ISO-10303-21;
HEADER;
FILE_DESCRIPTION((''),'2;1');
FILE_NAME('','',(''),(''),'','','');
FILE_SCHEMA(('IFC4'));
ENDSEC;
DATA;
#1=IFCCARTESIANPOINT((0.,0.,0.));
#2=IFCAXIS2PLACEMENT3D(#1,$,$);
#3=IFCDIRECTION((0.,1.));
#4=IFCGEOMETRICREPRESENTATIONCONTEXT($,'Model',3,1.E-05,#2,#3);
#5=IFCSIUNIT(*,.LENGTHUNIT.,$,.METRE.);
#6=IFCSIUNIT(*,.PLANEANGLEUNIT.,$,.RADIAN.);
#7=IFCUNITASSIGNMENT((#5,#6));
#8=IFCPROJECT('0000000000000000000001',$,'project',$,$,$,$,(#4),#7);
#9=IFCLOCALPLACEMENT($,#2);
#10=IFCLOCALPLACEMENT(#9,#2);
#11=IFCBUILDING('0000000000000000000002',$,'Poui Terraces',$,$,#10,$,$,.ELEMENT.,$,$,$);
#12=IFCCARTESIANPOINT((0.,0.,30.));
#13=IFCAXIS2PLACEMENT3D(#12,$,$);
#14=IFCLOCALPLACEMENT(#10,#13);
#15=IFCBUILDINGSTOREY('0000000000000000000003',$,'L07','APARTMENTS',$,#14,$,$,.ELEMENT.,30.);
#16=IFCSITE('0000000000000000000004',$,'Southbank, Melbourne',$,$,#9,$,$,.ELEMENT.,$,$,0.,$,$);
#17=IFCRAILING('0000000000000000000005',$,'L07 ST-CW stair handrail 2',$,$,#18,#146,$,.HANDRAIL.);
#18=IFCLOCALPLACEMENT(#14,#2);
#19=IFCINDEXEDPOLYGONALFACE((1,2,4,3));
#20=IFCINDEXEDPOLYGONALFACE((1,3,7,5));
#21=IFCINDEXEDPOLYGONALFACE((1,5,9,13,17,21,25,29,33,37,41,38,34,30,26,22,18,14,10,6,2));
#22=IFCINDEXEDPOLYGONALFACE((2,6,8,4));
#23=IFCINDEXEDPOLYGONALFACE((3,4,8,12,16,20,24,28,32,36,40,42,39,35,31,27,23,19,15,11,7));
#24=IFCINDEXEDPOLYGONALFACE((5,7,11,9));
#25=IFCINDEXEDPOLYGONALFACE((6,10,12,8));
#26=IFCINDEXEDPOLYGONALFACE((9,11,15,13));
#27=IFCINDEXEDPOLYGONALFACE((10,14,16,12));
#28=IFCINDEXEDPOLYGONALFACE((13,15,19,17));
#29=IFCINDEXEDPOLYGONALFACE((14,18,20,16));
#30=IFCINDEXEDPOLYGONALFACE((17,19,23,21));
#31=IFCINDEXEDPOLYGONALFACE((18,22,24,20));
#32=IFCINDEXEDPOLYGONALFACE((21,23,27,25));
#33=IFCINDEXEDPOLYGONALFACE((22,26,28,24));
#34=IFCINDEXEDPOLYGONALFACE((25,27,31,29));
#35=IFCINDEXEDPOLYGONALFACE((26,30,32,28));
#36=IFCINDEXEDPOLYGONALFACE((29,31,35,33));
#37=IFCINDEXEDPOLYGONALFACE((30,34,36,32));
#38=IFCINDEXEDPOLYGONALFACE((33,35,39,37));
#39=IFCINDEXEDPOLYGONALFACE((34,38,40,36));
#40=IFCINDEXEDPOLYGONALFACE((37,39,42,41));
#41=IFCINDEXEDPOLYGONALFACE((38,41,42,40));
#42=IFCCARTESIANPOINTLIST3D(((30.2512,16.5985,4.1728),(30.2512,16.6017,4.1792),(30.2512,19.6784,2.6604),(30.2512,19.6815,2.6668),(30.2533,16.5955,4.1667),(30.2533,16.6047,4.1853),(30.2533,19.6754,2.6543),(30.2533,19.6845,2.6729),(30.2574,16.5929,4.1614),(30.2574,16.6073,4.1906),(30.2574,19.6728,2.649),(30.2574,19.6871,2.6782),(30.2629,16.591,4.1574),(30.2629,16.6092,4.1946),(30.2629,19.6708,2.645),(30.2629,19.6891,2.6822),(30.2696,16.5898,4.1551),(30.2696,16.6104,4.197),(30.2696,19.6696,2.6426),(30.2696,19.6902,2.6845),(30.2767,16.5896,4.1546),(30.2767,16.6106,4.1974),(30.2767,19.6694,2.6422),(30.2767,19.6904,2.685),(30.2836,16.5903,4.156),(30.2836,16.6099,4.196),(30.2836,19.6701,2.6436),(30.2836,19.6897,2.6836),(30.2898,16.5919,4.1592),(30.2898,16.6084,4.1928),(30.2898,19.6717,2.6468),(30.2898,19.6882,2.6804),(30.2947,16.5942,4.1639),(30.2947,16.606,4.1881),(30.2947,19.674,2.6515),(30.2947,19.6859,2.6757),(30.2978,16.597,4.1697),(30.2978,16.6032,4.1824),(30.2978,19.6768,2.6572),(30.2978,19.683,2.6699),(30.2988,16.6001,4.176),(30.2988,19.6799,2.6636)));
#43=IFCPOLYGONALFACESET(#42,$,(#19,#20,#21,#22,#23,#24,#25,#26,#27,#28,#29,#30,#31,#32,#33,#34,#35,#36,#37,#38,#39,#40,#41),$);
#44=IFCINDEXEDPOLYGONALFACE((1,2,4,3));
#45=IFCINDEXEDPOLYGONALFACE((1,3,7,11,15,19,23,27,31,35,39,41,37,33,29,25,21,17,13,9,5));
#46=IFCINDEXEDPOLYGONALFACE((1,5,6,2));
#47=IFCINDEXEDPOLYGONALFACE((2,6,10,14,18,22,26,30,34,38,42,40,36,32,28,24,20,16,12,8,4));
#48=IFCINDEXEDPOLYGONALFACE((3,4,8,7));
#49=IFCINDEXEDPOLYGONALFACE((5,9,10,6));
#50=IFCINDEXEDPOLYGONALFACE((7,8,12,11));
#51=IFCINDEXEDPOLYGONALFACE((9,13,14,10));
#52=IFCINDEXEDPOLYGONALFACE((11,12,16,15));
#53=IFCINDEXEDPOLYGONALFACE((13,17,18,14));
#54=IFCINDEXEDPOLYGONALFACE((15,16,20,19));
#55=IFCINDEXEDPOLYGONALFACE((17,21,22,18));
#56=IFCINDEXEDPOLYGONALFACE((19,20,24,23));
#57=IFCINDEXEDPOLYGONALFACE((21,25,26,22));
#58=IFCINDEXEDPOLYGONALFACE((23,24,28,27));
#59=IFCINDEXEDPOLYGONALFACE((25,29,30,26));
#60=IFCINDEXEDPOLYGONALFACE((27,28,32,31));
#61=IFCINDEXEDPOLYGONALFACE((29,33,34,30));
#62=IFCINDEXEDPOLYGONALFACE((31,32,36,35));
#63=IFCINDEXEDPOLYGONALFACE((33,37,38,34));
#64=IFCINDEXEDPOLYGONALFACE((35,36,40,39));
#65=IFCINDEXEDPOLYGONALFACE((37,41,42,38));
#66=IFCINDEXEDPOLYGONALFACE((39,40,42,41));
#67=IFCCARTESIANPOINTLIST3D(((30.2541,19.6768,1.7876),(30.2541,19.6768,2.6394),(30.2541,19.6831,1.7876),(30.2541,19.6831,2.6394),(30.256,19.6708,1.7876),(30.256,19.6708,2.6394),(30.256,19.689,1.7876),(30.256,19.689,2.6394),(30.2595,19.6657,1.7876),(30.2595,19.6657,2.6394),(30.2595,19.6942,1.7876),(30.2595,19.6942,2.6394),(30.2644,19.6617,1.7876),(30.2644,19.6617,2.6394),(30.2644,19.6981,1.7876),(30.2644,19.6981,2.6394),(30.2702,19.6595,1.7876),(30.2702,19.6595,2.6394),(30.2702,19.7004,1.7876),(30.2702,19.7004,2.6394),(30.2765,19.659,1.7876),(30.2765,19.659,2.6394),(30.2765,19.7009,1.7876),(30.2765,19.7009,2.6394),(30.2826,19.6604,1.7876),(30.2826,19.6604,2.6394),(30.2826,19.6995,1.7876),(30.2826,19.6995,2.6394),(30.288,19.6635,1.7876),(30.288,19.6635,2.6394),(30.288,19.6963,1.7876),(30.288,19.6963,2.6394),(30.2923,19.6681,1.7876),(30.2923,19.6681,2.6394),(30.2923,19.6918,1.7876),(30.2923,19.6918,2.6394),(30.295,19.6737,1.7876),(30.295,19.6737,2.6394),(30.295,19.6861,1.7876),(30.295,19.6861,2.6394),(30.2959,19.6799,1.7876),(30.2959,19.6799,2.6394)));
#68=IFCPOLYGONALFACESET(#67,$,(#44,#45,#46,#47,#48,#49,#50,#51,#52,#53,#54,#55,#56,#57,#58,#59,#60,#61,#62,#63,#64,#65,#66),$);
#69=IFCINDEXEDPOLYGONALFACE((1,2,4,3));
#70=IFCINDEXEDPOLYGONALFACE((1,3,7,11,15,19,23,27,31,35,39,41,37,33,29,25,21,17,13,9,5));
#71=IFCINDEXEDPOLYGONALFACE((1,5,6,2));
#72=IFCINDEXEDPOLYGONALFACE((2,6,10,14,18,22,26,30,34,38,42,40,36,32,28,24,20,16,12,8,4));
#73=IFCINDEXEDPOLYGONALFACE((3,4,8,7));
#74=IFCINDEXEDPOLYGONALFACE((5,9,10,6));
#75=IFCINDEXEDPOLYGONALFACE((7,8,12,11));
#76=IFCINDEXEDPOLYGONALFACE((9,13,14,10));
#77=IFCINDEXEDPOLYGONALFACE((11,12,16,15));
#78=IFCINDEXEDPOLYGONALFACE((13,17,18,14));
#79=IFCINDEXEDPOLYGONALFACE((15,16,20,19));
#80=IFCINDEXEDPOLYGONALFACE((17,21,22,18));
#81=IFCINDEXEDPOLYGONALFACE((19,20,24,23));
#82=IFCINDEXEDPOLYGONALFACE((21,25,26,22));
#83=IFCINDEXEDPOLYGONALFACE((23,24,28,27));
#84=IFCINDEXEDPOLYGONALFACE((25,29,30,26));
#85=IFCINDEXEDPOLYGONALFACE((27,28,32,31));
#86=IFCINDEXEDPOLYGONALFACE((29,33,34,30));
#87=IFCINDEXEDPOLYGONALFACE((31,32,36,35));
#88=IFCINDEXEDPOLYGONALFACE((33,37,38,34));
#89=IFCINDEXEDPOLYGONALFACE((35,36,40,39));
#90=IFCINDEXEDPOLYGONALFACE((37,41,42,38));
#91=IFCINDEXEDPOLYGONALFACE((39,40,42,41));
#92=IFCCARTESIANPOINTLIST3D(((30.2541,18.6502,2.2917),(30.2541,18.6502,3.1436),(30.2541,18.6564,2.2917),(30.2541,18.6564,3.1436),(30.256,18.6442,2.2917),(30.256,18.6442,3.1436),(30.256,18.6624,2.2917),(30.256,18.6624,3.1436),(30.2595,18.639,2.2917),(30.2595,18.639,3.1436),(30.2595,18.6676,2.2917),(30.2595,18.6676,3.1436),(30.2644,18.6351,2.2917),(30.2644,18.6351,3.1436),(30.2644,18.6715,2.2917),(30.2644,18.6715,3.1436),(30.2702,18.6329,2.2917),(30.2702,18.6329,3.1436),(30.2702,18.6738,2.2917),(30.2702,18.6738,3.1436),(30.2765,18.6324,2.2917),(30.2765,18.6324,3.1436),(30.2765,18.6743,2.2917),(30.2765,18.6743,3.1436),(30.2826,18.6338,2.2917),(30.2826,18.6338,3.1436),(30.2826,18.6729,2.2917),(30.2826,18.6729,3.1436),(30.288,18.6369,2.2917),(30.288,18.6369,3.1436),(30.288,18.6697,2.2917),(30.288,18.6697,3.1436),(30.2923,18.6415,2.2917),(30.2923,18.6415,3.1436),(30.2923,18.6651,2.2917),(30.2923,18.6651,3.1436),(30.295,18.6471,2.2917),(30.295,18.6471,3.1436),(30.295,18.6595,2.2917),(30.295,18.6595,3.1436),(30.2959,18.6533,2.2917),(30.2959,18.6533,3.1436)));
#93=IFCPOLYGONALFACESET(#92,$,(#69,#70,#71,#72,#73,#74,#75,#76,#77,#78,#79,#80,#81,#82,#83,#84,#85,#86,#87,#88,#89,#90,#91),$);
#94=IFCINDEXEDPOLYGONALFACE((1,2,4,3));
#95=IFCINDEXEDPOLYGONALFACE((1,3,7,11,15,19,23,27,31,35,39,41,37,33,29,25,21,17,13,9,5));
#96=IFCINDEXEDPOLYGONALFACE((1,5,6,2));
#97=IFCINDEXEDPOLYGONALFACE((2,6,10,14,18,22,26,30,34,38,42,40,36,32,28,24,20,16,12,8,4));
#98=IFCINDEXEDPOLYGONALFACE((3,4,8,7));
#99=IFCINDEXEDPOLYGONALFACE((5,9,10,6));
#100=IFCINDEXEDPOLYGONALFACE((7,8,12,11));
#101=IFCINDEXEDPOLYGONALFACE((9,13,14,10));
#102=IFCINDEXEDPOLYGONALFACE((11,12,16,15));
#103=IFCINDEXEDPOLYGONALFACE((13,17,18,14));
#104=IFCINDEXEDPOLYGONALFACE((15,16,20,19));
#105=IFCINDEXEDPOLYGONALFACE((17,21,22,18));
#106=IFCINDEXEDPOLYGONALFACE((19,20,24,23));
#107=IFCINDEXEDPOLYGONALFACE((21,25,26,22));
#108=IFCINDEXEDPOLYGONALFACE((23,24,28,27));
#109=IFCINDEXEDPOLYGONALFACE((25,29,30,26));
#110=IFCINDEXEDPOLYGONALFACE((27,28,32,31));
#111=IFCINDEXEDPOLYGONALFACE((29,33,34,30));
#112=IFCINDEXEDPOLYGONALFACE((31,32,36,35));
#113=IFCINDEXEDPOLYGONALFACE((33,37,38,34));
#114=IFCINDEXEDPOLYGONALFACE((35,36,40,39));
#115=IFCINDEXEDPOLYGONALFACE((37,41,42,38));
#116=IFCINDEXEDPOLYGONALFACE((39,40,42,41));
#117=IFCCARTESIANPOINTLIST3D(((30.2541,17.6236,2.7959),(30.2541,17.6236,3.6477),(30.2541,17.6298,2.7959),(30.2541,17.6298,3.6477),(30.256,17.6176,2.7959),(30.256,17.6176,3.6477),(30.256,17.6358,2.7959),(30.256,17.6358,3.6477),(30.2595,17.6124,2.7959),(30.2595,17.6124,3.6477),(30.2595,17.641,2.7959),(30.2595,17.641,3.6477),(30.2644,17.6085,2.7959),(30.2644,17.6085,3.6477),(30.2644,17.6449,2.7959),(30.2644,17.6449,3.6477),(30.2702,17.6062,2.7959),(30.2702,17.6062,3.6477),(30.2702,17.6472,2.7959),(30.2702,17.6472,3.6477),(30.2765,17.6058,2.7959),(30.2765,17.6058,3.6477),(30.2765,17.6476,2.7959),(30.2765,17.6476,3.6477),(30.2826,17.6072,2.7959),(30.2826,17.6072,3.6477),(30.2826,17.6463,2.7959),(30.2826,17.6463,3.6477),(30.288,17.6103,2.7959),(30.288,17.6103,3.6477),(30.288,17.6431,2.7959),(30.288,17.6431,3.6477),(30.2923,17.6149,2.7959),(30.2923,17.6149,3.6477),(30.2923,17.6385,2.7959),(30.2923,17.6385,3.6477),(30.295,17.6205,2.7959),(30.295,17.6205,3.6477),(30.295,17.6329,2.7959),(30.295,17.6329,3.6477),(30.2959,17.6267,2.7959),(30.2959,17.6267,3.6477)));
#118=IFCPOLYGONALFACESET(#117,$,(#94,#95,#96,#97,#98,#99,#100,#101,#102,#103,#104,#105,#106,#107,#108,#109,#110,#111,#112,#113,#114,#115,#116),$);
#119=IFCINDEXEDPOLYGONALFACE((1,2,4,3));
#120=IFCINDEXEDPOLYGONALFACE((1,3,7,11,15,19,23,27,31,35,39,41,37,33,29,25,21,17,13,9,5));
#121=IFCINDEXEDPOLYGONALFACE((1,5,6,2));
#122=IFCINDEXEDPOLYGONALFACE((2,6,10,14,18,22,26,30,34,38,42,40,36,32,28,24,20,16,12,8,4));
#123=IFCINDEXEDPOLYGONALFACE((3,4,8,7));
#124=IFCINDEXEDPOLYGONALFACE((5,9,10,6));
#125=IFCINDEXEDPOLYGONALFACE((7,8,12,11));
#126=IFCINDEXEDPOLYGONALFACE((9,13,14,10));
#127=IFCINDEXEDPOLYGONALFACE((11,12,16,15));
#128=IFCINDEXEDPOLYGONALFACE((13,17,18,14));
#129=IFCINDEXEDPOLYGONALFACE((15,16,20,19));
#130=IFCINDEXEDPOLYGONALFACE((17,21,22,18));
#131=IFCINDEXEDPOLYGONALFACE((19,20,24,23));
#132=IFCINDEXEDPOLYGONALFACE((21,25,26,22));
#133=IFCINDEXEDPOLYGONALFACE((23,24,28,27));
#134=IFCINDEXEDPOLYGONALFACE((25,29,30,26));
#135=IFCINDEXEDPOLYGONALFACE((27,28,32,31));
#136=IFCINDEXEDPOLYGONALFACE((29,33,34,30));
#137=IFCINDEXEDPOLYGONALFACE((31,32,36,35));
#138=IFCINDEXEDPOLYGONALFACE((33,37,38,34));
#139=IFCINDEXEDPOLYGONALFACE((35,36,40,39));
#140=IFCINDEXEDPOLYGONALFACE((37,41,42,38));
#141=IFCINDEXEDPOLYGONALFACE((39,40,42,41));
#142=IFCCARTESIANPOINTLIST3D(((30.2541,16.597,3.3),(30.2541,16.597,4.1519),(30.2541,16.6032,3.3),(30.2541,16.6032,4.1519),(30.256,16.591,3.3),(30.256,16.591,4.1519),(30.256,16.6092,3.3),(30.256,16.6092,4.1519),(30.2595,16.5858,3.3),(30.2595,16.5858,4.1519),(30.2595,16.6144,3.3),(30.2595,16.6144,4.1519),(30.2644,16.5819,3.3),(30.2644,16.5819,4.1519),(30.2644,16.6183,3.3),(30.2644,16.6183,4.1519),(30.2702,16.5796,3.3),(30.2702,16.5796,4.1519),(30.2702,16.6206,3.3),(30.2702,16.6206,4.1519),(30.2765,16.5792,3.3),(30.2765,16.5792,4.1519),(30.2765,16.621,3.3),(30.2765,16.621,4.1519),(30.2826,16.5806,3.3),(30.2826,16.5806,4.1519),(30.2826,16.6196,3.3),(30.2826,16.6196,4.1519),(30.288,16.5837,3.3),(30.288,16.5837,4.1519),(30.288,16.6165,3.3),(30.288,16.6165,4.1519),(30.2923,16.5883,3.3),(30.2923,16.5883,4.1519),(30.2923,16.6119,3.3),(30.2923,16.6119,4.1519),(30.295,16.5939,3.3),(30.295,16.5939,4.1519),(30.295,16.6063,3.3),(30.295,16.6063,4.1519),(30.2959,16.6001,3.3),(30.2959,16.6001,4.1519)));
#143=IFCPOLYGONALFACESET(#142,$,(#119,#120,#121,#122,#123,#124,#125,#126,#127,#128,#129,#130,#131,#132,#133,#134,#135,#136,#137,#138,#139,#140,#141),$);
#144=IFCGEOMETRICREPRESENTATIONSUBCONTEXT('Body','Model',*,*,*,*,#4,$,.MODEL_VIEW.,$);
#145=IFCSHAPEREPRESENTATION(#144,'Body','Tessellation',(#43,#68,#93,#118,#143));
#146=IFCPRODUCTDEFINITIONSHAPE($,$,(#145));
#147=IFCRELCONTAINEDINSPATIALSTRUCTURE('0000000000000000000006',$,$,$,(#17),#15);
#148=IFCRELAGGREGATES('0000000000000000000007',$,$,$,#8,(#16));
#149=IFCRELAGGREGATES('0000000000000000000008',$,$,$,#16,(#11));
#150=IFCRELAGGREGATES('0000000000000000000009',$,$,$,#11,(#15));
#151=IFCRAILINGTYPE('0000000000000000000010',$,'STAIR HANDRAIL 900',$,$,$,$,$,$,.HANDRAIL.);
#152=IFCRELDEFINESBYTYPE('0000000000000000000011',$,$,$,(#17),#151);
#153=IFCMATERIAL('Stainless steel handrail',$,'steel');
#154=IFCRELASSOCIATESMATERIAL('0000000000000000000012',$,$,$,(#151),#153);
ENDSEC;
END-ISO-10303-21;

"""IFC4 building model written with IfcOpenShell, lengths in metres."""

from ifc_helpers import new_model, si_unit, direction, frame, origin, origin_2d, place, context, subcontext, project, spatial, circle, extrude, material, type_object, element, save


model = new_model("IFC4")

# Units and contexts
model_context = context("Model", 3, precision=1e-05, world=origin(), true_north=direction((0.0, 1.0)))
body_context = subcontext(model_context, "Body", "Model", "MODEL_VIEW")
ifc_project = project(units=[si_unit("LENGTHUNIT", "METRE"), si_unit("PLANEANGLEUNIT", "RADIAN")], contexts=[model_context])

# Site, building, storey
site_placement = place(None, origin())
site = spatial("IfcSite", under=ifc_project, at=site_placement, Name="Southbank, Melbourne", CompositionType="ELEMENT", RefElevation=0.0)
building_placement = place(site_placement, origin())
building = spatial("IfcBuilding", under=site, at=building_placement, Name="Poui Terraces", CompositionType="ELEMENT")
storey_placement = place(building_placement, frame((0.0, 0.0, 30.0)))
storey = spatial("IfcBuildingStorey", under=building, at=storey_placement, Name="L07", Description="APARTMENTS", CompositionType="ELEMENT", Elevation=30.0)

# Railing
ifc_material_1 = material(Name="Stainless steel handrail", Category="steel")
railing_type_1 = type_object("IfcRailingType", Name="STAIR HANDRAIL 900", PredefinedType="HANDRAIL", material=ifc_material_1)
railing_1_placement = place(storey_placement, frame((30.2749, 19.6799, 1.7876)))
element("IfcRailing", 1, at=railing_1_placement, inside=storey, type_object=railing_type_1, Name="L07 ST-CW stair handrail 2", PredefinedType="HANDRAIL", context=body_context, shape_type="SweptSolid", body=[
    extrude(circle(Radius=0.0239, at=origin_2d()), frame((0.0, 0.0, 0.876), z_axis=(0.0, -0.897606, 0.440798), x_axis=(1.0, 0.0, 0.0)), (0.0, 0.0, 1.0), 3.4312),
    extrude(circle(Radius=0.021, at=origin_2d()), origin(), (0.0, 0.0, 1.0), 0.8518),
    extrude(circle(Radius=0.021, at=origin_2d()), frame((0.0, -1.0266, 0.5042)), (0.0, 0.0, 1.0), 0.8518),
    extrude(circle(Radius=0.021, at=origin_2d()), frame((0.0, -2.0532, 1.0083)), (0.0, 0.0, 1.0), 0.8518),
    extrude(circle(Radius=0.021, at=origin_2d()), frame((0.0, -3.0798, 1.5125)), (0.0, 0.0, 1.0), 0.8518),
])

save(model, "model.ifc")
